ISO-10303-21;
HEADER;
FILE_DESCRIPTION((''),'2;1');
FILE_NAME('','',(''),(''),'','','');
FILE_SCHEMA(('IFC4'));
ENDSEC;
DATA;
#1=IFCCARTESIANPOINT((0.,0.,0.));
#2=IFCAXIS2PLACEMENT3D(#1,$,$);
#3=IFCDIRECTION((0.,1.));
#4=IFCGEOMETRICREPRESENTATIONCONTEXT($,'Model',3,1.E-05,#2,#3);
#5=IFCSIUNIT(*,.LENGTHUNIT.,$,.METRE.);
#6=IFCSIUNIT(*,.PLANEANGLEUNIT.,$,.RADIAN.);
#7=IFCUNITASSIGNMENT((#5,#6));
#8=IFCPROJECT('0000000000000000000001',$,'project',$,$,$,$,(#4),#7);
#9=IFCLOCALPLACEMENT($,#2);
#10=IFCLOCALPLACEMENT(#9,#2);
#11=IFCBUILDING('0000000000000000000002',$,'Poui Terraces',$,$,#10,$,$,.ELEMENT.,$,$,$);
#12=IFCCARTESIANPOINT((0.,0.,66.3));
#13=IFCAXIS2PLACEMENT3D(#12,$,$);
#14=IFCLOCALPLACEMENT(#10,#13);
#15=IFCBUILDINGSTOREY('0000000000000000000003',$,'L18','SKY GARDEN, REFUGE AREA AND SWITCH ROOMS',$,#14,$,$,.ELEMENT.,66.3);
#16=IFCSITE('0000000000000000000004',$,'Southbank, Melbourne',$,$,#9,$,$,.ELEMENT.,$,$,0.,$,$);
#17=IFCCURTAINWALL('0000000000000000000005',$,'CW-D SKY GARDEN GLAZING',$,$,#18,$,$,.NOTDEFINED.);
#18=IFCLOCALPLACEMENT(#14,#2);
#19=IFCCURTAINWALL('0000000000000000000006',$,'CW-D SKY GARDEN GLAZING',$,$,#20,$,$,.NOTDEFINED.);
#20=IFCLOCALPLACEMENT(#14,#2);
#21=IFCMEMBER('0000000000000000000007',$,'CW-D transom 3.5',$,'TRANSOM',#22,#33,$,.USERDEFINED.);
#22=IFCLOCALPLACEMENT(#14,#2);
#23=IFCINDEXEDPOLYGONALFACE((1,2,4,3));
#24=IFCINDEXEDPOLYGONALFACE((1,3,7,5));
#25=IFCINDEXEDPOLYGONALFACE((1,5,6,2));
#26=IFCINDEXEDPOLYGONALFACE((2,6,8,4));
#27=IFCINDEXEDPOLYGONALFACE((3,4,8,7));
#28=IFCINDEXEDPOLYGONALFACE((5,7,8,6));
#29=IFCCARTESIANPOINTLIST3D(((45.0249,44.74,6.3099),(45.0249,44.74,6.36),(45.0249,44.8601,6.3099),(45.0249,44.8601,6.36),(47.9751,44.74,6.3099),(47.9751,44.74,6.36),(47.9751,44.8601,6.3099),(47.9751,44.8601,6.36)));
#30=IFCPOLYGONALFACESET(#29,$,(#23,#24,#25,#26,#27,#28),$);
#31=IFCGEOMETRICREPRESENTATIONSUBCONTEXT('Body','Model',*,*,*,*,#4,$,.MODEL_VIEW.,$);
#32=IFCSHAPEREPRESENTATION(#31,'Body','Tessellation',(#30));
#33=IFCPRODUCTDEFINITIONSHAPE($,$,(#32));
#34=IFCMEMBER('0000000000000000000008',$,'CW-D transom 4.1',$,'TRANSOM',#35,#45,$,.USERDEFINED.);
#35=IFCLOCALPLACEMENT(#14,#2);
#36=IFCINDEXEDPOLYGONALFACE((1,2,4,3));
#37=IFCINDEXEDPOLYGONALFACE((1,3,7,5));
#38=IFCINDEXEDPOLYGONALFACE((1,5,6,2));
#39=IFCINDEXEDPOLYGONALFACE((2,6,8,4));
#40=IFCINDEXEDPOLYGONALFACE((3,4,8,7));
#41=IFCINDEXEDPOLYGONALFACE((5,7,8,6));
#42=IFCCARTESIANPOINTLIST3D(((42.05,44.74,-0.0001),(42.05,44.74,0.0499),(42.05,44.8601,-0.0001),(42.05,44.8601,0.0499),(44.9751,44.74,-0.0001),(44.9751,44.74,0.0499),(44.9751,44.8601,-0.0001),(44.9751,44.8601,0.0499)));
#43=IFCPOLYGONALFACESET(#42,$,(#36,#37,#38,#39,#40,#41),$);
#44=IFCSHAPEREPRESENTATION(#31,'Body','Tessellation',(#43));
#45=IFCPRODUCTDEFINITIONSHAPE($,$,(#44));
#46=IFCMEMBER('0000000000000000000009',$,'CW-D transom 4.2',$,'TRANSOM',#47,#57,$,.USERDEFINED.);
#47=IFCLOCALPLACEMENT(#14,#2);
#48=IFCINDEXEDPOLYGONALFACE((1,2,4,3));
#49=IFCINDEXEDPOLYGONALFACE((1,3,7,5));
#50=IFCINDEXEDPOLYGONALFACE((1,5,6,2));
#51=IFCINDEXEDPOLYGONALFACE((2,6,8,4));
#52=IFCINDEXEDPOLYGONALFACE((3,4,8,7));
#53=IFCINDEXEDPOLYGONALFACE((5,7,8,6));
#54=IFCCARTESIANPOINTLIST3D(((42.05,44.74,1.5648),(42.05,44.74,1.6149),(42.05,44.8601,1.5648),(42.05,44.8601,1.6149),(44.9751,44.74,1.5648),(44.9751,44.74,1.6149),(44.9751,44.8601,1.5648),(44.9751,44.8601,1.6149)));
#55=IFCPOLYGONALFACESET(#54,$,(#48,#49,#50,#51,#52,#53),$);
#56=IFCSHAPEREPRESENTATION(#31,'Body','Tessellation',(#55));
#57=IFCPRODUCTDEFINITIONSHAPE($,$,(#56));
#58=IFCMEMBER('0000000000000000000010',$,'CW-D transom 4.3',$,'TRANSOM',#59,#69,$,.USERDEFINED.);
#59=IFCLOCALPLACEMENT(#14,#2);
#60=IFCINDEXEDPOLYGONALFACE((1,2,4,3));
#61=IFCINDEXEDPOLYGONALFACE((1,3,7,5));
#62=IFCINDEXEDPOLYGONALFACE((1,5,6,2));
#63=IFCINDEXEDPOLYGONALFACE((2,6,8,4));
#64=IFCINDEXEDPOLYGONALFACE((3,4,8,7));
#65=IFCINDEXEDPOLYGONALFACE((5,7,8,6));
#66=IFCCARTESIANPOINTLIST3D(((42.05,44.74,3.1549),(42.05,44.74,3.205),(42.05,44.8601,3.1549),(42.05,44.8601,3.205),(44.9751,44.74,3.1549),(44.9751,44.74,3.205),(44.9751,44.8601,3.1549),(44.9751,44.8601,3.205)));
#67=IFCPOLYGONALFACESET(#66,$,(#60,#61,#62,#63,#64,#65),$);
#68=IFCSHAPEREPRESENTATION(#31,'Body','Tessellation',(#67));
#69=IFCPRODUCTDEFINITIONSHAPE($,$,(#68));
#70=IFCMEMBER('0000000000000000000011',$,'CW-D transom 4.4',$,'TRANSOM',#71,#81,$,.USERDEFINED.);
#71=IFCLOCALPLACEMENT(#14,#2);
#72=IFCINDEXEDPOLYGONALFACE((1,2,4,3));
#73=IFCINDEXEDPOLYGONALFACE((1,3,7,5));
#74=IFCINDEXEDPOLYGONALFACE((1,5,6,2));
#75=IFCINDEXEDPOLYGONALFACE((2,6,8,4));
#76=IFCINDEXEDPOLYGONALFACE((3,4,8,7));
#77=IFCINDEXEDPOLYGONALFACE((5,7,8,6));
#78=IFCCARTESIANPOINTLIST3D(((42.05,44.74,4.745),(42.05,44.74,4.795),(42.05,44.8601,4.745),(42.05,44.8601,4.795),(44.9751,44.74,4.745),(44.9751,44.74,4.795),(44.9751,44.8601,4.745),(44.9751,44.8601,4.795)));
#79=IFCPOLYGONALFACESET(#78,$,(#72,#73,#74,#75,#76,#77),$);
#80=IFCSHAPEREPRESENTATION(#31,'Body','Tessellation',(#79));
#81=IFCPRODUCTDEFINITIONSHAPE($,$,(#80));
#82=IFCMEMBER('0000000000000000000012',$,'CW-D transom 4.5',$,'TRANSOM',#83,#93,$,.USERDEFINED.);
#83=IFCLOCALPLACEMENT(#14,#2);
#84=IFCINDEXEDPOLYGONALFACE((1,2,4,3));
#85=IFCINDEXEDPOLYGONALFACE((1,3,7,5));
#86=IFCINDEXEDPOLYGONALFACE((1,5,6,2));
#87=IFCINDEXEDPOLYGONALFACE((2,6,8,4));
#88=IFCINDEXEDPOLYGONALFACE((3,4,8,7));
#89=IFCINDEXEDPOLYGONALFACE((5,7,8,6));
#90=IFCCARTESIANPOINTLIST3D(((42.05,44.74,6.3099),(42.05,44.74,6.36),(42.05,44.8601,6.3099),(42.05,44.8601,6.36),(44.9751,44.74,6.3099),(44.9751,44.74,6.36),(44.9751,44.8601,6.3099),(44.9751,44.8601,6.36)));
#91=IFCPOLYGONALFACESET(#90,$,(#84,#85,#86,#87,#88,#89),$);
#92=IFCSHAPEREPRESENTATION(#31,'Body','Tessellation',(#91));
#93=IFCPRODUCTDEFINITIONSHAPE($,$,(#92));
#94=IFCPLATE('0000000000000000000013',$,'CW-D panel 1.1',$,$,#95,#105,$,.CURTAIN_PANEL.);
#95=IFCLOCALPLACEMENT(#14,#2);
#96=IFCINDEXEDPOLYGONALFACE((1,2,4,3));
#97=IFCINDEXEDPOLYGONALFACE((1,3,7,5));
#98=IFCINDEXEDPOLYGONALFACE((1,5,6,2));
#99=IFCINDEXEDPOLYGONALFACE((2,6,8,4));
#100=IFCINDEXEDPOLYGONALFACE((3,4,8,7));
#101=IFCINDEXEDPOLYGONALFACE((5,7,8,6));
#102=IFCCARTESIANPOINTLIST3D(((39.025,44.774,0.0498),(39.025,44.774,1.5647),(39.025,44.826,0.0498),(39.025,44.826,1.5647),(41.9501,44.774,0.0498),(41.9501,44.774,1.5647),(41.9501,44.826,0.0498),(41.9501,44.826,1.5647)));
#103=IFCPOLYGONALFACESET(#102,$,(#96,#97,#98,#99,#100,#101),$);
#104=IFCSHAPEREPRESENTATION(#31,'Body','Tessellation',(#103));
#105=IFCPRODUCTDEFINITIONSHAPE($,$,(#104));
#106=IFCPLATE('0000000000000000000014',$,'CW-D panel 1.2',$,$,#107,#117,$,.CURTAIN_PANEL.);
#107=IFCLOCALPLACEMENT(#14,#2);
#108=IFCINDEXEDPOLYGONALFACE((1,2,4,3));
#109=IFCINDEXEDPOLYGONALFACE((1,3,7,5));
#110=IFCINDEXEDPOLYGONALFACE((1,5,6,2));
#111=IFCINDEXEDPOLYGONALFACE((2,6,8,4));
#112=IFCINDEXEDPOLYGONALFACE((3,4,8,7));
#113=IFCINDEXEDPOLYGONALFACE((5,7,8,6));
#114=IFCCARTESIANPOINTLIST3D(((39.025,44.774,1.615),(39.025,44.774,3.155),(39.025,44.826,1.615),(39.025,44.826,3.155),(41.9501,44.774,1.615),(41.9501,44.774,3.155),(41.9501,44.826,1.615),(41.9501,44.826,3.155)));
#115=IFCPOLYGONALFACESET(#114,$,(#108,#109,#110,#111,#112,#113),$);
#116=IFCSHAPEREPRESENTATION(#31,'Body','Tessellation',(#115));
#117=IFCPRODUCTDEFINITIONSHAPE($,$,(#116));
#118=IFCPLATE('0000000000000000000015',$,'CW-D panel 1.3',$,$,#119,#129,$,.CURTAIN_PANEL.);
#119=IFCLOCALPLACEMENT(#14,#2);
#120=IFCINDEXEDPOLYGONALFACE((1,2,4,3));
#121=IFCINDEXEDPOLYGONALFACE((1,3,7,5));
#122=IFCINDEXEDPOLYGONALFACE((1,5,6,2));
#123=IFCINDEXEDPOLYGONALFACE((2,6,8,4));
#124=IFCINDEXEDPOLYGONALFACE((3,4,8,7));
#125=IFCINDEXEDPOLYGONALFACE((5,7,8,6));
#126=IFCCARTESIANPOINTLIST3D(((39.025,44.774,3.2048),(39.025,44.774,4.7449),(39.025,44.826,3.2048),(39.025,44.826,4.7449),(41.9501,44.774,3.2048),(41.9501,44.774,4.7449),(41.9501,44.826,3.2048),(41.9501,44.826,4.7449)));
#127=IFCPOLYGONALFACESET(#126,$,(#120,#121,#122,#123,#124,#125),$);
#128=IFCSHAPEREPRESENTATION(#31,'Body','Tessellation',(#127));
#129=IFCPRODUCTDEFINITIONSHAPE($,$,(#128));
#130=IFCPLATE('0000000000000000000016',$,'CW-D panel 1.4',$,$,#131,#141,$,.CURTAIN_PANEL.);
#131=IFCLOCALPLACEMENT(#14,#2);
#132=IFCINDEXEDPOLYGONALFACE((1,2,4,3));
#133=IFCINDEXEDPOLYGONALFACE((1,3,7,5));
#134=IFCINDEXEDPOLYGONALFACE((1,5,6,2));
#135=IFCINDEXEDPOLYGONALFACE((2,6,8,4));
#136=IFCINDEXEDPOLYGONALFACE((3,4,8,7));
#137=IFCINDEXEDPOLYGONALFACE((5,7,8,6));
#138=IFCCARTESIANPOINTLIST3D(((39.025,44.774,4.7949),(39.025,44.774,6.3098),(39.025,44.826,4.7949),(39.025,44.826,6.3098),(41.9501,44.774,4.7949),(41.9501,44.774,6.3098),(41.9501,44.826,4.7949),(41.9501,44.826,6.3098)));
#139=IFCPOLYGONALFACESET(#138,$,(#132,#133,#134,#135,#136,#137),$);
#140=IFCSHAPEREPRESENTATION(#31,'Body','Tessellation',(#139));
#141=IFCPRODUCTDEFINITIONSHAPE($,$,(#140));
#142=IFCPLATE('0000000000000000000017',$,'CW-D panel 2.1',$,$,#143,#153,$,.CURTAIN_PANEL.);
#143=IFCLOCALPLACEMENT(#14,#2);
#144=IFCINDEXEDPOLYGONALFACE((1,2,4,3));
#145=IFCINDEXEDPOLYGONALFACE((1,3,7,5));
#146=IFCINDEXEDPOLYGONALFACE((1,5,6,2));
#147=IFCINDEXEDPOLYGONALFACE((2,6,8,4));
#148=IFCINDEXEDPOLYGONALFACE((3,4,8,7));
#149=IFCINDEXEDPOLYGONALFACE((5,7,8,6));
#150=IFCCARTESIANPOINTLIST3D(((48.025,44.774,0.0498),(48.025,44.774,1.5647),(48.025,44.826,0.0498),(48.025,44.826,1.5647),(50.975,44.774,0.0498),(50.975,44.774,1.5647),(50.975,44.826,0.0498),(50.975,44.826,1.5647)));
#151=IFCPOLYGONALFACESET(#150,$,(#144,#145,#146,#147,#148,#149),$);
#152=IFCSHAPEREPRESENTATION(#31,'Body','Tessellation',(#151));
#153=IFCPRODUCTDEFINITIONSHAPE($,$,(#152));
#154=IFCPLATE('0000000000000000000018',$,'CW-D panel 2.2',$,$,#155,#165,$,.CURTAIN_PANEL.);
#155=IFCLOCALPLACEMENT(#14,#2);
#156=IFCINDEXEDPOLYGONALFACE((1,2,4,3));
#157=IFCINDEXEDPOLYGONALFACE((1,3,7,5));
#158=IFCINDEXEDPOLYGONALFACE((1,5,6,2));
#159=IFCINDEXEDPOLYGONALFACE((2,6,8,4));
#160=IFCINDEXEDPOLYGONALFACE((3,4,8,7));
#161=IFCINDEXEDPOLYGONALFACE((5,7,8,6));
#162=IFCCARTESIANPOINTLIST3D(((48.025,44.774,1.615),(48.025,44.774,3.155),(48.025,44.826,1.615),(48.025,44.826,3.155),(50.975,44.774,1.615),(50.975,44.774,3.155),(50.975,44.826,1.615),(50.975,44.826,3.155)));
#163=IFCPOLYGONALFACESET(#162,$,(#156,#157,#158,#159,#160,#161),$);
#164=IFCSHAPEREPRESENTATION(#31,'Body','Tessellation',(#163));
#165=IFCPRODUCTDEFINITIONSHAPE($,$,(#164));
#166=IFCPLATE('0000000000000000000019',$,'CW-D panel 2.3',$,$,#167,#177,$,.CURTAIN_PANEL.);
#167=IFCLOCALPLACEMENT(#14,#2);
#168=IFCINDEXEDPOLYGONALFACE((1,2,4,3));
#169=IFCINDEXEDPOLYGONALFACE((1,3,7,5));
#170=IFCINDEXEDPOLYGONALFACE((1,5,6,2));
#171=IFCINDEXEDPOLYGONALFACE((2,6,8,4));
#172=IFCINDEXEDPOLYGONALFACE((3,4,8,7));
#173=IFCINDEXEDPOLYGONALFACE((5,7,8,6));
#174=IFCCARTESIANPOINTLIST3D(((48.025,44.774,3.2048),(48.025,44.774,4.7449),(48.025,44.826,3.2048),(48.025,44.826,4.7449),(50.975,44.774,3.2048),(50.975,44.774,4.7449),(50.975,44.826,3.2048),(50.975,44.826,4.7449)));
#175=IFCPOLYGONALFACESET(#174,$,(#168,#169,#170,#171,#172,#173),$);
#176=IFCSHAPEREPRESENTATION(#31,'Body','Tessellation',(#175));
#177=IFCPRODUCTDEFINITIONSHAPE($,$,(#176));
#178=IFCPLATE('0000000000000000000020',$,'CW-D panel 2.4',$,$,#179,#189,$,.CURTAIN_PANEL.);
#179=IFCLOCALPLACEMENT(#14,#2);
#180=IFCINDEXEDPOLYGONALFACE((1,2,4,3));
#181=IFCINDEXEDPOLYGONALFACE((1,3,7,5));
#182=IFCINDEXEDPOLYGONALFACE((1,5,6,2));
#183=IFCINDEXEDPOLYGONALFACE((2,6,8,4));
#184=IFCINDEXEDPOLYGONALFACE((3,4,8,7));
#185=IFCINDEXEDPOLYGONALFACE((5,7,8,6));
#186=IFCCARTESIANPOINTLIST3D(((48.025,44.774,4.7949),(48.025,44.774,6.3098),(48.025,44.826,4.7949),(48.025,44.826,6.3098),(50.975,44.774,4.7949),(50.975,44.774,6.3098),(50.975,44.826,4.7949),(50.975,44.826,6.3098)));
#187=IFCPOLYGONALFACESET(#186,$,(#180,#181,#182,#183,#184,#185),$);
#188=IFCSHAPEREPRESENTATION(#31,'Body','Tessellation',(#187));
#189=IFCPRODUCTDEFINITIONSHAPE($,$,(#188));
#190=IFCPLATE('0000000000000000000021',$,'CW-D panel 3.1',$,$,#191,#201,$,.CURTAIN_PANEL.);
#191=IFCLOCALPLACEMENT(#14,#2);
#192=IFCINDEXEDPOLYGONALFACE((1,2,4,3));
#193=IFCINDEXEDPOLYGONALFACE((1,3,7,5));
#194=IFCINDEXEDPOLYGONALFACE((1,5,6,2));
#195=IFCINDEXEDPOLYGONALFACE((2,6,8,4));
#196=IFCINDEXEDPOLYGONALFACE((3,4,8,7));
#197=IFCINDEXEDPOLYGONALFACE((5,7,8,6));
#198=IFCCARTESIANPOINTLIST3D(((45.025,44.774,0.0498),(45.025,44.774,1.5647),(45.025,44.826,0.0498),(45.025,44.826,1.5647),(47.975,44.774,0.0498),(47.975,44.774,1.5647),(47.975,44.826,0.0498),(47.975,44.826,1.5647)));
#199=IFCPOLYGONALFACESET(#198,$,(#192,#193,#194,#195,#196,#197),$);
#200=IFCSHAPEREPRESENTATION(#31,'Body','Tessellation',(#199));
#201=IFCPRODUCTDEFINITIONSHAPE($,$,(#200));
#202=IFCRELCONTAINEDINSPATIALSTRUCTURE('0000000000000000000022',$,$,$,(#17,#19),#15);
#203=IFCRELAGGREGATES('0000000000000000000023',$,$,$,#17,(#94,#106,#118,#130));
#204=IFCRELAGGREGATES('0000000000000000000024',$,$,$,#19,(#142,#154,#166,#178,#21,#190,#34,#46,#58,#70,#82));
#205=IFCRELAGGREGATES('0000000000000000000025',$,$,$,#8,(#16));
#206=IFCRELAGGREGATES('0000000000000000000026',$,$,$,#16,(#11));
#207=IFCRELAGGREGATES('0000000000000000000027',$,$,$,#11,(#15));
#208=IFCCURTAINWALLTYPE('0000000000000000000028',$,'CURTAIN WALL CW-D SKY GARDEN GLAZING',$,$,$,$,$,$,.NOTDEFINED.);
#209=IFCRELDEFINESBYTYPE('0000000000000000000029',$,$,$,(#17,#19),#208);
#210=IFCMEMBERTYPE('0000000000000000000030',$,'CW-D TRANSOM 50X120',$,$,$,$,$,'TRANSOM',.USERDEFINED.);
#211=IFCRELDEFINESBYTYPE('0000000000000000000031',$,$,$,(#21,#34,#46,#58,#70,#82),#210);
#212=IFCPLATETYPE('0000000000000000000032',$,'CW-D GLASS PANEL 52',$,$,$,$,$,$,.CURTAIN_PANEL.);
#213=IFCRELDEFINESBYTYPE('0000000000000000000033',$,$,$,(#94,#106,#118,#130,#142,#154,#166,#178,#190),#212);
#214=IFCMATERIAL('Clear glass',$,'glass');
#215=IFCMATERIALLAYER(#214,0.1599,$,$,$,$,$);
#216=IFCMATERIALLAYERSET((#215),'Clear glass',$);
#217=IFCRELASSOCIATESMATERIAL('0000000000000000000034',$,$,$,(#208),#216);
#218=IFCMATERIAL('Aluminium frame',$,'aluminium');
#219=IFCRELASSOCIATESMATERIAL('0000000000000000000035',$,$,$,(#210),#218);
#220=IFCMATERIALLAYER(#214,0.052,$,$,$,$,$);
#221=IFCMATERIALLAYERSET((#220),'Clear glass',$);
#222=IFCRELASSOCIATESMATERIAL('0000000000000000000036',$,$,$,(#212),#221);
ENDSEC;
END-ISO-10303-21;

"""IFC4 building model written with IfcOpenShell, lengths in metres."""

from ifc_helpers import new_model, si_unit, direction, frame, origin, origin_2d, place, context, subcontext, project, spatial, rectangle, extrude, material, layer, layer_set, material_profile, profile_set, type_object, element, aggregate, save


model = new_model("IFC4")

# Units and contexts
model_context = context("Model", 3, precision=1e-05, world=origin(), true_north=direction((0.0, 1.0)))
body_context = subcontext(model_context, "Body", "Model", "MODEL_VIEW")
ifc_project = project(units=[si_unit("LENGTHUNIT", "METRE"), si_unit("PLANEANGLEUNIT", "RADIAN")], contexts=[model_context])

# Site, building, storey
site_placement = place(None, origin())
site = spatial("IfcSite", under=ifc_project, at=site_placement, Name="Southbank, Melbourne", CompositionType="ELEMENT", RefElevation=0.0)
building_placement = place(site_placement, origin())
building = spatial("IfcBuilding", under=site, at=building_placement, Name="Poui Terraces", CompositionType="ELEMENT")
storey_placement = place(building_placement, frame((0.0, 0.0, 66.3)))
storey = spatial("IfcBuildingStorey", under=building, at=storey_placement, Name="L18", Description="SKY GARDEN, REFUGE AREA AND SWITCH ROOMS", CompositionType="ELEMENT", Elevation=66.3)

# Curtain walls
ifc_material_1 = material(Name="Clear glass", Category="glass")
ifc_layer_1 = layer(ifc_material_1, 0.1599)
ifc_layer_set_1 = layer_set([ifc_layer_1], Name="Clear glass")
curtain_wall_type = type_object("IfcCurtainWallType", Name="CURTAIN WALL CW-D SKY GARDEN GLAZING", PredefinedType="NOTDEFINED", material=ifc_layer_set_1)
curtain_wall_1_placement = place(storey_placement, origin())
curtain_wall_1 = element("IfcCurtainWall", 1, at=curtain_wall_1_placement, inside=storey, type_object=curtain_wall_type, Name="CW-D SKY GARDEN GLAZING", PredefinedType="NOTDEFINED")
ifc_material_2 = material(Name="Aluminium frame", Category="aluminium")
curtain_wall_2_placement = place(storey_placement, origin())
curtain_wall_2 = element("IfcCurtainWall", 2, at=curtain_wall_2_placement, inside=storey, type_object=curtain_wall_type, Name="CW-D SKY GARDEN GLAZING", PredefinedType="NOTDEFINED")

# Members
ifc_material_profile_1 = material_profile(ifc_material_2, rectangle(XDim=0.1201, YDim=0.05, at=origin_2d()), Name="CW-D TRANSOM 50X120")
ifc_profile_set_1 = profile_set([ifc_material_profile_1], Name="Aluminium frame")
member_type_1 = type_object("IfcMemberType", Name="CW-D TRANSOM 50X120", ElementType="TRANSOM", PredefinedType="USERDEFINED", material=ifc_profile_set_1)
member_1_placement = place(storey_placement, frame((47.9751, 44.8, 6.335), z_axis=(-1.0, 0.0, 0.0), x_axis=(0.0, -1.0, 0.0)))
member_1 = element("IfcMember", 3, at=member_1_placement, type_object=member_type_1, Name="CW-D transom 3.5", ObjectType="TRANSOM", PredefinedType="USERDEFINED", context=body_context, shape_type="SweptSolid", body=[
    extrude(rectangle(XDim=0.1201, YDim=0.05, at=origin_2d()), origin(), (0.0, 0.0, 1.0), 2.9502),
])
member_2_placement = place(storey_placement, frame((44.9751, 44.8, 0.0249), z_axis=(-1.0, 0.0, 0.0), x_axis=(0.0, -1.0, 0.0)))
member_2 = element("IfcMember", 4, at=member_2_placement, type_object=member_type_1, Name="CW-D transom 4.1", ObjectType="TRANSOM", PredefinedType="USERDEFINED", context=body_context, shape_type="SweptSolid", body=[
    extrude(rectangle(XDim=0.1201, YDim=0.05, at=origin_2d()), origin(), (0.0, 0.0, 1.0), 2.925),
])
member_3_placement = place(storey_placement, frame((44.9751, 44.8, 1.5898), z_axis=(-1.0, 0.0, 0.0), x_axis=(0.0, -1.0, 0.0)))
member_3 = element("IfcMember", 5, at=member_3_placement, type_object=member_type_1, Name="CW-D transom 4.2", ObjectType="TRANSOM", PredefinedType="USERDEFINED", context=body_context, shape_type="SweptSolid", body=[
    extrude(rectangle(XDim=0.1201, YDim=0.05, at=origin_2d()), origin(), (0.0, 0.0, 1.0), 2.925),
])
member_4_placement = place(storey_placement, frame((44.9751, 44.8, 3.1799), z_axis=(-1.0, 0.0, 0.0), x_axis=(0.0, -1.0, 0.0)))
member_4 = element("IfcMember", 6, at=member_4_placement, type_object=member_type_1, Name="CW-D transom 4.3", ObjectType="TRANSOM", PredefinedType="USERDEFINED", context=body_context, shape_type="SweptSolid", body=[
    extrude(rectangle(XDim=0.1201, YDim=0.05, at=origin_2d()), origin(), (0.0, 0.0, 1.0), 2.925),
])
member_5_placement = place(storey_placement, frame((44.9751, 44.8, 4.77), z_axis=(-1.0, 0.0, 0.0), x_axis=(0.0, -1.0, 0.0)))
member_5 = element("IfcMember", 7, at=member_5_placement, type_object=member_type_1, Name="CW-D transom 4.4", ObjectType="TRANSOM", PredefinedType="USERDEFINED", context=body_context, shape_type="SweptSolid", body=[
    extrude(rectangle(XDim=0.1201, YDim=0.05, at=origin_2d()), origin(), (0.0, 0.0, 1.0), 2.925),
])
member_6_placement = place(storey_placement, frame((44.9751, 44.8, 6.335), z_axis=(-1.0, 0.0, 0.0), x_axis=(0.0, -1.0, 0.0)))
member_6 = element("IfcMember", 8, at=member_6_placement, type_object=member_type_1, Name="CW-D transom 4.5", ObjectType="TRANSOM", PredefinedType="USERDEFINED", context=body_context, shape_type="SweptSolid", body=[
    extrude(rectangle(XDim=0.1201, YDim=0.05, at=origin_2d()), origin(), (0.0, 0.0, 1.0), 2.925),
])

# Plates
ifc_layer_2 = layer(ifc_material_1, 0.052)
ifc_layer_set_2 = layer_set([ifc_layer_2], Name="Clear glass")
plate_type = type_object("IfcPlateType", Name="CW-D GLASS PANEL 52", PredefinedType="CURTAIN_PANEL", material=ifc_layer_set_2)
plate_1_placement = place(storey_placement, frame((40.4875, 44.8, 0.0498), z_axis=(0.0, 0.0, 1.0), x_axis=(-1.0, 0.0, 0.0)))
plate_1 = element("IfcPlate", 9, at=plate_1_placement, type_object=plate_type, Name="CW-D panel 1.1", PredefinedType="CURTAIN_PANEL", context=body_context, shape_type="SweptSolid", body=[
    extrude(rectangle(XDim=2.925, YDim=0.052, at=origin_2d()), origin(), (0.0, 0.0, 1.0), 1.5149),
])
plate_2_placement = place(storey_placement, frame((40.4875, 44.8, 1.615), z_axis=(0.0, 0.0, 1.0), x_axis=(-1.0, 0.0, 0.0)))
plate_2 = element("IfcPlate", 10, at=plate_2_placement, type_object=plate_type, Name="CW-D panel 1.2", PredefinedType="CURTAIN_PANEL", context=body_context, shape_type="SweptSolid", body=[
    extrude(rectangle(XDim=2.925, YDim=0.052, at=origin_2d()), origin(), (0.0, 0.0, 1.0), 1.54),
])
plate_3_placement = place(storey_placement, frame((40.4875, 44.8, 3.2048), z_axis=(0.0, 0.0, 1.0), x_axis=(-1.0, 0.0, 0.0)))
plate_3 = element("IfcPlate", 11, at=plate_3_placement, type_object=plate_type, Name="CW-D panel 1.3", PredefinedType="CURTAIN_PANEL", context=body_context, shape_type="SweptSolid", body=[
    extrude(rectangle(XDim=2.925, YDim=0.052, at=origin_2d()), origin(), (0.0, 0.0, 1.0), 1.54),
])
plate_4_placement = place(storey_placement, frame((40.4875, 44.8, 4.7949), z_axis=(0.0, 0.0, 1.0), x_axis=(-1.0, 0.0, 0.0)))
plate_4 = element("IfcPlate", 12, at=plate_4_placement, type_object=plate_type, Name="CW-D panel 1.4", PredefinedType="CURTAIN_PANEL", context=body_context, shape_type="SweptSolid", body=[
    extrude(rectangle(XDim=2.925, YDim=0.052, at=origin_2d()), origin(), (0.0, 0.0, 1.0), 1.5149),
])
aggregate(curtain_wall_1, [plate_1, plate_2, plate_3, plate_4])
plate_5_placement = place(storey_placement, frame((49.5, 44.8, 0.0498), z_axis=(0.0, 0.0, 1.0), x_axis=(-1.0, 0.0, 0.0)))
plate_5 = element("IfcPlate", 13, at=plate_5_placement, type_object=plate_type, Name="CW-D panel 2.1", PredefinedType="CURTAIN_PANEL", context=body_context, shape_type="SweptSolid", body=[
    extrude(rectangle(XDim=2.95, YDim=0.052, at=origin_2d()), origin(), (0.0, 0.0, 1.0), 1.5149),
])
plate_6_placement = place(storey_placement, frame((49.5, 44.8, 1.615), z_axis=(0.0, 0.0, 1.0), x_axis=(-1.0, 0.0, 0.0)))
plate_6 = element("IfcPlate", 14, at=plate_6_placement, type_object=plate_type, Name="CW-D panel 2.2", PredefinedType="CURTAIN_PANEL", context=body_context, shape_type="SweptSolid", body=[
    extrude(rectangle(XDim=2.95, YDim=0.052, at=origin_2d()), origin(), (0.0, 0.0, 1.0), 1.54),
])
plate_7_placement = place(storey_placement, frame((49.5, 44.8, 3.2048), z_axis=(0.0, 0.0, 1.0), x_axis=(-1.0, 0.0, 0.0)))
plate_7 = element("IfcPlate", 15, at=plate_7_placement, type_object=plate_type, Name="CW-D panel 2.3", PredefinedType="CURTAIN_PANEL", context=body_context, shape_type="SweptSolid", body=[
    extrude(rectangle(XDim=2.95, YDim=0.052, at=origin_2d()), origin(), (0.0, 0.0, 1.0), 1.54),
])
plate_8_placement = place(storey_placement, frame((49.5, 44.8, 4.7949), z_axis=(0.0, 0.0, 1.0), x_axis=(-1.0, 0.0, 0.0)))
plate_8 = element("IfcPlate", 16, at=plate_8_placement, type_object=plate_type, Name="CW-D panel 2.4", PredefinedType="CURTAIN_PANEL", context=body_context, shape_type="SweptSolid", body=[
    extrude(rectangle(XDim=2.95, YDim=0.052, at=origin_2d()), origin(), (0.0, 0.0, 1.0), 1.5149),
])
plate_9_placement = place(storey_placement, frame((46.5, 44.8, 0.0498), z_axis=(0.0, 0.0, 1.0), x_axis=(-1.0, 0.0, 0.0)))
plate_9 = element("IfcPlate", 17, at=plate_9_placement, type_object=plate_type, Name="CW-D panel 3.1", PredefinedType="CURTAIN_PANEL", context=body_context, shape_type="SweptSolid", body=[
    extrude(rectangle(XDim=2.95, YDim=0.052, at=origin_2d()), origin(), (0.0, 0.0, 1.0), 1.5149),
])
aggregate(curtain_wall_2, [plate_5, plate_6, plate_7, plate_8, member_1, plate_9, member_2, member_3, member_4, member_5, member_6])

save(model, "model.ifc")
